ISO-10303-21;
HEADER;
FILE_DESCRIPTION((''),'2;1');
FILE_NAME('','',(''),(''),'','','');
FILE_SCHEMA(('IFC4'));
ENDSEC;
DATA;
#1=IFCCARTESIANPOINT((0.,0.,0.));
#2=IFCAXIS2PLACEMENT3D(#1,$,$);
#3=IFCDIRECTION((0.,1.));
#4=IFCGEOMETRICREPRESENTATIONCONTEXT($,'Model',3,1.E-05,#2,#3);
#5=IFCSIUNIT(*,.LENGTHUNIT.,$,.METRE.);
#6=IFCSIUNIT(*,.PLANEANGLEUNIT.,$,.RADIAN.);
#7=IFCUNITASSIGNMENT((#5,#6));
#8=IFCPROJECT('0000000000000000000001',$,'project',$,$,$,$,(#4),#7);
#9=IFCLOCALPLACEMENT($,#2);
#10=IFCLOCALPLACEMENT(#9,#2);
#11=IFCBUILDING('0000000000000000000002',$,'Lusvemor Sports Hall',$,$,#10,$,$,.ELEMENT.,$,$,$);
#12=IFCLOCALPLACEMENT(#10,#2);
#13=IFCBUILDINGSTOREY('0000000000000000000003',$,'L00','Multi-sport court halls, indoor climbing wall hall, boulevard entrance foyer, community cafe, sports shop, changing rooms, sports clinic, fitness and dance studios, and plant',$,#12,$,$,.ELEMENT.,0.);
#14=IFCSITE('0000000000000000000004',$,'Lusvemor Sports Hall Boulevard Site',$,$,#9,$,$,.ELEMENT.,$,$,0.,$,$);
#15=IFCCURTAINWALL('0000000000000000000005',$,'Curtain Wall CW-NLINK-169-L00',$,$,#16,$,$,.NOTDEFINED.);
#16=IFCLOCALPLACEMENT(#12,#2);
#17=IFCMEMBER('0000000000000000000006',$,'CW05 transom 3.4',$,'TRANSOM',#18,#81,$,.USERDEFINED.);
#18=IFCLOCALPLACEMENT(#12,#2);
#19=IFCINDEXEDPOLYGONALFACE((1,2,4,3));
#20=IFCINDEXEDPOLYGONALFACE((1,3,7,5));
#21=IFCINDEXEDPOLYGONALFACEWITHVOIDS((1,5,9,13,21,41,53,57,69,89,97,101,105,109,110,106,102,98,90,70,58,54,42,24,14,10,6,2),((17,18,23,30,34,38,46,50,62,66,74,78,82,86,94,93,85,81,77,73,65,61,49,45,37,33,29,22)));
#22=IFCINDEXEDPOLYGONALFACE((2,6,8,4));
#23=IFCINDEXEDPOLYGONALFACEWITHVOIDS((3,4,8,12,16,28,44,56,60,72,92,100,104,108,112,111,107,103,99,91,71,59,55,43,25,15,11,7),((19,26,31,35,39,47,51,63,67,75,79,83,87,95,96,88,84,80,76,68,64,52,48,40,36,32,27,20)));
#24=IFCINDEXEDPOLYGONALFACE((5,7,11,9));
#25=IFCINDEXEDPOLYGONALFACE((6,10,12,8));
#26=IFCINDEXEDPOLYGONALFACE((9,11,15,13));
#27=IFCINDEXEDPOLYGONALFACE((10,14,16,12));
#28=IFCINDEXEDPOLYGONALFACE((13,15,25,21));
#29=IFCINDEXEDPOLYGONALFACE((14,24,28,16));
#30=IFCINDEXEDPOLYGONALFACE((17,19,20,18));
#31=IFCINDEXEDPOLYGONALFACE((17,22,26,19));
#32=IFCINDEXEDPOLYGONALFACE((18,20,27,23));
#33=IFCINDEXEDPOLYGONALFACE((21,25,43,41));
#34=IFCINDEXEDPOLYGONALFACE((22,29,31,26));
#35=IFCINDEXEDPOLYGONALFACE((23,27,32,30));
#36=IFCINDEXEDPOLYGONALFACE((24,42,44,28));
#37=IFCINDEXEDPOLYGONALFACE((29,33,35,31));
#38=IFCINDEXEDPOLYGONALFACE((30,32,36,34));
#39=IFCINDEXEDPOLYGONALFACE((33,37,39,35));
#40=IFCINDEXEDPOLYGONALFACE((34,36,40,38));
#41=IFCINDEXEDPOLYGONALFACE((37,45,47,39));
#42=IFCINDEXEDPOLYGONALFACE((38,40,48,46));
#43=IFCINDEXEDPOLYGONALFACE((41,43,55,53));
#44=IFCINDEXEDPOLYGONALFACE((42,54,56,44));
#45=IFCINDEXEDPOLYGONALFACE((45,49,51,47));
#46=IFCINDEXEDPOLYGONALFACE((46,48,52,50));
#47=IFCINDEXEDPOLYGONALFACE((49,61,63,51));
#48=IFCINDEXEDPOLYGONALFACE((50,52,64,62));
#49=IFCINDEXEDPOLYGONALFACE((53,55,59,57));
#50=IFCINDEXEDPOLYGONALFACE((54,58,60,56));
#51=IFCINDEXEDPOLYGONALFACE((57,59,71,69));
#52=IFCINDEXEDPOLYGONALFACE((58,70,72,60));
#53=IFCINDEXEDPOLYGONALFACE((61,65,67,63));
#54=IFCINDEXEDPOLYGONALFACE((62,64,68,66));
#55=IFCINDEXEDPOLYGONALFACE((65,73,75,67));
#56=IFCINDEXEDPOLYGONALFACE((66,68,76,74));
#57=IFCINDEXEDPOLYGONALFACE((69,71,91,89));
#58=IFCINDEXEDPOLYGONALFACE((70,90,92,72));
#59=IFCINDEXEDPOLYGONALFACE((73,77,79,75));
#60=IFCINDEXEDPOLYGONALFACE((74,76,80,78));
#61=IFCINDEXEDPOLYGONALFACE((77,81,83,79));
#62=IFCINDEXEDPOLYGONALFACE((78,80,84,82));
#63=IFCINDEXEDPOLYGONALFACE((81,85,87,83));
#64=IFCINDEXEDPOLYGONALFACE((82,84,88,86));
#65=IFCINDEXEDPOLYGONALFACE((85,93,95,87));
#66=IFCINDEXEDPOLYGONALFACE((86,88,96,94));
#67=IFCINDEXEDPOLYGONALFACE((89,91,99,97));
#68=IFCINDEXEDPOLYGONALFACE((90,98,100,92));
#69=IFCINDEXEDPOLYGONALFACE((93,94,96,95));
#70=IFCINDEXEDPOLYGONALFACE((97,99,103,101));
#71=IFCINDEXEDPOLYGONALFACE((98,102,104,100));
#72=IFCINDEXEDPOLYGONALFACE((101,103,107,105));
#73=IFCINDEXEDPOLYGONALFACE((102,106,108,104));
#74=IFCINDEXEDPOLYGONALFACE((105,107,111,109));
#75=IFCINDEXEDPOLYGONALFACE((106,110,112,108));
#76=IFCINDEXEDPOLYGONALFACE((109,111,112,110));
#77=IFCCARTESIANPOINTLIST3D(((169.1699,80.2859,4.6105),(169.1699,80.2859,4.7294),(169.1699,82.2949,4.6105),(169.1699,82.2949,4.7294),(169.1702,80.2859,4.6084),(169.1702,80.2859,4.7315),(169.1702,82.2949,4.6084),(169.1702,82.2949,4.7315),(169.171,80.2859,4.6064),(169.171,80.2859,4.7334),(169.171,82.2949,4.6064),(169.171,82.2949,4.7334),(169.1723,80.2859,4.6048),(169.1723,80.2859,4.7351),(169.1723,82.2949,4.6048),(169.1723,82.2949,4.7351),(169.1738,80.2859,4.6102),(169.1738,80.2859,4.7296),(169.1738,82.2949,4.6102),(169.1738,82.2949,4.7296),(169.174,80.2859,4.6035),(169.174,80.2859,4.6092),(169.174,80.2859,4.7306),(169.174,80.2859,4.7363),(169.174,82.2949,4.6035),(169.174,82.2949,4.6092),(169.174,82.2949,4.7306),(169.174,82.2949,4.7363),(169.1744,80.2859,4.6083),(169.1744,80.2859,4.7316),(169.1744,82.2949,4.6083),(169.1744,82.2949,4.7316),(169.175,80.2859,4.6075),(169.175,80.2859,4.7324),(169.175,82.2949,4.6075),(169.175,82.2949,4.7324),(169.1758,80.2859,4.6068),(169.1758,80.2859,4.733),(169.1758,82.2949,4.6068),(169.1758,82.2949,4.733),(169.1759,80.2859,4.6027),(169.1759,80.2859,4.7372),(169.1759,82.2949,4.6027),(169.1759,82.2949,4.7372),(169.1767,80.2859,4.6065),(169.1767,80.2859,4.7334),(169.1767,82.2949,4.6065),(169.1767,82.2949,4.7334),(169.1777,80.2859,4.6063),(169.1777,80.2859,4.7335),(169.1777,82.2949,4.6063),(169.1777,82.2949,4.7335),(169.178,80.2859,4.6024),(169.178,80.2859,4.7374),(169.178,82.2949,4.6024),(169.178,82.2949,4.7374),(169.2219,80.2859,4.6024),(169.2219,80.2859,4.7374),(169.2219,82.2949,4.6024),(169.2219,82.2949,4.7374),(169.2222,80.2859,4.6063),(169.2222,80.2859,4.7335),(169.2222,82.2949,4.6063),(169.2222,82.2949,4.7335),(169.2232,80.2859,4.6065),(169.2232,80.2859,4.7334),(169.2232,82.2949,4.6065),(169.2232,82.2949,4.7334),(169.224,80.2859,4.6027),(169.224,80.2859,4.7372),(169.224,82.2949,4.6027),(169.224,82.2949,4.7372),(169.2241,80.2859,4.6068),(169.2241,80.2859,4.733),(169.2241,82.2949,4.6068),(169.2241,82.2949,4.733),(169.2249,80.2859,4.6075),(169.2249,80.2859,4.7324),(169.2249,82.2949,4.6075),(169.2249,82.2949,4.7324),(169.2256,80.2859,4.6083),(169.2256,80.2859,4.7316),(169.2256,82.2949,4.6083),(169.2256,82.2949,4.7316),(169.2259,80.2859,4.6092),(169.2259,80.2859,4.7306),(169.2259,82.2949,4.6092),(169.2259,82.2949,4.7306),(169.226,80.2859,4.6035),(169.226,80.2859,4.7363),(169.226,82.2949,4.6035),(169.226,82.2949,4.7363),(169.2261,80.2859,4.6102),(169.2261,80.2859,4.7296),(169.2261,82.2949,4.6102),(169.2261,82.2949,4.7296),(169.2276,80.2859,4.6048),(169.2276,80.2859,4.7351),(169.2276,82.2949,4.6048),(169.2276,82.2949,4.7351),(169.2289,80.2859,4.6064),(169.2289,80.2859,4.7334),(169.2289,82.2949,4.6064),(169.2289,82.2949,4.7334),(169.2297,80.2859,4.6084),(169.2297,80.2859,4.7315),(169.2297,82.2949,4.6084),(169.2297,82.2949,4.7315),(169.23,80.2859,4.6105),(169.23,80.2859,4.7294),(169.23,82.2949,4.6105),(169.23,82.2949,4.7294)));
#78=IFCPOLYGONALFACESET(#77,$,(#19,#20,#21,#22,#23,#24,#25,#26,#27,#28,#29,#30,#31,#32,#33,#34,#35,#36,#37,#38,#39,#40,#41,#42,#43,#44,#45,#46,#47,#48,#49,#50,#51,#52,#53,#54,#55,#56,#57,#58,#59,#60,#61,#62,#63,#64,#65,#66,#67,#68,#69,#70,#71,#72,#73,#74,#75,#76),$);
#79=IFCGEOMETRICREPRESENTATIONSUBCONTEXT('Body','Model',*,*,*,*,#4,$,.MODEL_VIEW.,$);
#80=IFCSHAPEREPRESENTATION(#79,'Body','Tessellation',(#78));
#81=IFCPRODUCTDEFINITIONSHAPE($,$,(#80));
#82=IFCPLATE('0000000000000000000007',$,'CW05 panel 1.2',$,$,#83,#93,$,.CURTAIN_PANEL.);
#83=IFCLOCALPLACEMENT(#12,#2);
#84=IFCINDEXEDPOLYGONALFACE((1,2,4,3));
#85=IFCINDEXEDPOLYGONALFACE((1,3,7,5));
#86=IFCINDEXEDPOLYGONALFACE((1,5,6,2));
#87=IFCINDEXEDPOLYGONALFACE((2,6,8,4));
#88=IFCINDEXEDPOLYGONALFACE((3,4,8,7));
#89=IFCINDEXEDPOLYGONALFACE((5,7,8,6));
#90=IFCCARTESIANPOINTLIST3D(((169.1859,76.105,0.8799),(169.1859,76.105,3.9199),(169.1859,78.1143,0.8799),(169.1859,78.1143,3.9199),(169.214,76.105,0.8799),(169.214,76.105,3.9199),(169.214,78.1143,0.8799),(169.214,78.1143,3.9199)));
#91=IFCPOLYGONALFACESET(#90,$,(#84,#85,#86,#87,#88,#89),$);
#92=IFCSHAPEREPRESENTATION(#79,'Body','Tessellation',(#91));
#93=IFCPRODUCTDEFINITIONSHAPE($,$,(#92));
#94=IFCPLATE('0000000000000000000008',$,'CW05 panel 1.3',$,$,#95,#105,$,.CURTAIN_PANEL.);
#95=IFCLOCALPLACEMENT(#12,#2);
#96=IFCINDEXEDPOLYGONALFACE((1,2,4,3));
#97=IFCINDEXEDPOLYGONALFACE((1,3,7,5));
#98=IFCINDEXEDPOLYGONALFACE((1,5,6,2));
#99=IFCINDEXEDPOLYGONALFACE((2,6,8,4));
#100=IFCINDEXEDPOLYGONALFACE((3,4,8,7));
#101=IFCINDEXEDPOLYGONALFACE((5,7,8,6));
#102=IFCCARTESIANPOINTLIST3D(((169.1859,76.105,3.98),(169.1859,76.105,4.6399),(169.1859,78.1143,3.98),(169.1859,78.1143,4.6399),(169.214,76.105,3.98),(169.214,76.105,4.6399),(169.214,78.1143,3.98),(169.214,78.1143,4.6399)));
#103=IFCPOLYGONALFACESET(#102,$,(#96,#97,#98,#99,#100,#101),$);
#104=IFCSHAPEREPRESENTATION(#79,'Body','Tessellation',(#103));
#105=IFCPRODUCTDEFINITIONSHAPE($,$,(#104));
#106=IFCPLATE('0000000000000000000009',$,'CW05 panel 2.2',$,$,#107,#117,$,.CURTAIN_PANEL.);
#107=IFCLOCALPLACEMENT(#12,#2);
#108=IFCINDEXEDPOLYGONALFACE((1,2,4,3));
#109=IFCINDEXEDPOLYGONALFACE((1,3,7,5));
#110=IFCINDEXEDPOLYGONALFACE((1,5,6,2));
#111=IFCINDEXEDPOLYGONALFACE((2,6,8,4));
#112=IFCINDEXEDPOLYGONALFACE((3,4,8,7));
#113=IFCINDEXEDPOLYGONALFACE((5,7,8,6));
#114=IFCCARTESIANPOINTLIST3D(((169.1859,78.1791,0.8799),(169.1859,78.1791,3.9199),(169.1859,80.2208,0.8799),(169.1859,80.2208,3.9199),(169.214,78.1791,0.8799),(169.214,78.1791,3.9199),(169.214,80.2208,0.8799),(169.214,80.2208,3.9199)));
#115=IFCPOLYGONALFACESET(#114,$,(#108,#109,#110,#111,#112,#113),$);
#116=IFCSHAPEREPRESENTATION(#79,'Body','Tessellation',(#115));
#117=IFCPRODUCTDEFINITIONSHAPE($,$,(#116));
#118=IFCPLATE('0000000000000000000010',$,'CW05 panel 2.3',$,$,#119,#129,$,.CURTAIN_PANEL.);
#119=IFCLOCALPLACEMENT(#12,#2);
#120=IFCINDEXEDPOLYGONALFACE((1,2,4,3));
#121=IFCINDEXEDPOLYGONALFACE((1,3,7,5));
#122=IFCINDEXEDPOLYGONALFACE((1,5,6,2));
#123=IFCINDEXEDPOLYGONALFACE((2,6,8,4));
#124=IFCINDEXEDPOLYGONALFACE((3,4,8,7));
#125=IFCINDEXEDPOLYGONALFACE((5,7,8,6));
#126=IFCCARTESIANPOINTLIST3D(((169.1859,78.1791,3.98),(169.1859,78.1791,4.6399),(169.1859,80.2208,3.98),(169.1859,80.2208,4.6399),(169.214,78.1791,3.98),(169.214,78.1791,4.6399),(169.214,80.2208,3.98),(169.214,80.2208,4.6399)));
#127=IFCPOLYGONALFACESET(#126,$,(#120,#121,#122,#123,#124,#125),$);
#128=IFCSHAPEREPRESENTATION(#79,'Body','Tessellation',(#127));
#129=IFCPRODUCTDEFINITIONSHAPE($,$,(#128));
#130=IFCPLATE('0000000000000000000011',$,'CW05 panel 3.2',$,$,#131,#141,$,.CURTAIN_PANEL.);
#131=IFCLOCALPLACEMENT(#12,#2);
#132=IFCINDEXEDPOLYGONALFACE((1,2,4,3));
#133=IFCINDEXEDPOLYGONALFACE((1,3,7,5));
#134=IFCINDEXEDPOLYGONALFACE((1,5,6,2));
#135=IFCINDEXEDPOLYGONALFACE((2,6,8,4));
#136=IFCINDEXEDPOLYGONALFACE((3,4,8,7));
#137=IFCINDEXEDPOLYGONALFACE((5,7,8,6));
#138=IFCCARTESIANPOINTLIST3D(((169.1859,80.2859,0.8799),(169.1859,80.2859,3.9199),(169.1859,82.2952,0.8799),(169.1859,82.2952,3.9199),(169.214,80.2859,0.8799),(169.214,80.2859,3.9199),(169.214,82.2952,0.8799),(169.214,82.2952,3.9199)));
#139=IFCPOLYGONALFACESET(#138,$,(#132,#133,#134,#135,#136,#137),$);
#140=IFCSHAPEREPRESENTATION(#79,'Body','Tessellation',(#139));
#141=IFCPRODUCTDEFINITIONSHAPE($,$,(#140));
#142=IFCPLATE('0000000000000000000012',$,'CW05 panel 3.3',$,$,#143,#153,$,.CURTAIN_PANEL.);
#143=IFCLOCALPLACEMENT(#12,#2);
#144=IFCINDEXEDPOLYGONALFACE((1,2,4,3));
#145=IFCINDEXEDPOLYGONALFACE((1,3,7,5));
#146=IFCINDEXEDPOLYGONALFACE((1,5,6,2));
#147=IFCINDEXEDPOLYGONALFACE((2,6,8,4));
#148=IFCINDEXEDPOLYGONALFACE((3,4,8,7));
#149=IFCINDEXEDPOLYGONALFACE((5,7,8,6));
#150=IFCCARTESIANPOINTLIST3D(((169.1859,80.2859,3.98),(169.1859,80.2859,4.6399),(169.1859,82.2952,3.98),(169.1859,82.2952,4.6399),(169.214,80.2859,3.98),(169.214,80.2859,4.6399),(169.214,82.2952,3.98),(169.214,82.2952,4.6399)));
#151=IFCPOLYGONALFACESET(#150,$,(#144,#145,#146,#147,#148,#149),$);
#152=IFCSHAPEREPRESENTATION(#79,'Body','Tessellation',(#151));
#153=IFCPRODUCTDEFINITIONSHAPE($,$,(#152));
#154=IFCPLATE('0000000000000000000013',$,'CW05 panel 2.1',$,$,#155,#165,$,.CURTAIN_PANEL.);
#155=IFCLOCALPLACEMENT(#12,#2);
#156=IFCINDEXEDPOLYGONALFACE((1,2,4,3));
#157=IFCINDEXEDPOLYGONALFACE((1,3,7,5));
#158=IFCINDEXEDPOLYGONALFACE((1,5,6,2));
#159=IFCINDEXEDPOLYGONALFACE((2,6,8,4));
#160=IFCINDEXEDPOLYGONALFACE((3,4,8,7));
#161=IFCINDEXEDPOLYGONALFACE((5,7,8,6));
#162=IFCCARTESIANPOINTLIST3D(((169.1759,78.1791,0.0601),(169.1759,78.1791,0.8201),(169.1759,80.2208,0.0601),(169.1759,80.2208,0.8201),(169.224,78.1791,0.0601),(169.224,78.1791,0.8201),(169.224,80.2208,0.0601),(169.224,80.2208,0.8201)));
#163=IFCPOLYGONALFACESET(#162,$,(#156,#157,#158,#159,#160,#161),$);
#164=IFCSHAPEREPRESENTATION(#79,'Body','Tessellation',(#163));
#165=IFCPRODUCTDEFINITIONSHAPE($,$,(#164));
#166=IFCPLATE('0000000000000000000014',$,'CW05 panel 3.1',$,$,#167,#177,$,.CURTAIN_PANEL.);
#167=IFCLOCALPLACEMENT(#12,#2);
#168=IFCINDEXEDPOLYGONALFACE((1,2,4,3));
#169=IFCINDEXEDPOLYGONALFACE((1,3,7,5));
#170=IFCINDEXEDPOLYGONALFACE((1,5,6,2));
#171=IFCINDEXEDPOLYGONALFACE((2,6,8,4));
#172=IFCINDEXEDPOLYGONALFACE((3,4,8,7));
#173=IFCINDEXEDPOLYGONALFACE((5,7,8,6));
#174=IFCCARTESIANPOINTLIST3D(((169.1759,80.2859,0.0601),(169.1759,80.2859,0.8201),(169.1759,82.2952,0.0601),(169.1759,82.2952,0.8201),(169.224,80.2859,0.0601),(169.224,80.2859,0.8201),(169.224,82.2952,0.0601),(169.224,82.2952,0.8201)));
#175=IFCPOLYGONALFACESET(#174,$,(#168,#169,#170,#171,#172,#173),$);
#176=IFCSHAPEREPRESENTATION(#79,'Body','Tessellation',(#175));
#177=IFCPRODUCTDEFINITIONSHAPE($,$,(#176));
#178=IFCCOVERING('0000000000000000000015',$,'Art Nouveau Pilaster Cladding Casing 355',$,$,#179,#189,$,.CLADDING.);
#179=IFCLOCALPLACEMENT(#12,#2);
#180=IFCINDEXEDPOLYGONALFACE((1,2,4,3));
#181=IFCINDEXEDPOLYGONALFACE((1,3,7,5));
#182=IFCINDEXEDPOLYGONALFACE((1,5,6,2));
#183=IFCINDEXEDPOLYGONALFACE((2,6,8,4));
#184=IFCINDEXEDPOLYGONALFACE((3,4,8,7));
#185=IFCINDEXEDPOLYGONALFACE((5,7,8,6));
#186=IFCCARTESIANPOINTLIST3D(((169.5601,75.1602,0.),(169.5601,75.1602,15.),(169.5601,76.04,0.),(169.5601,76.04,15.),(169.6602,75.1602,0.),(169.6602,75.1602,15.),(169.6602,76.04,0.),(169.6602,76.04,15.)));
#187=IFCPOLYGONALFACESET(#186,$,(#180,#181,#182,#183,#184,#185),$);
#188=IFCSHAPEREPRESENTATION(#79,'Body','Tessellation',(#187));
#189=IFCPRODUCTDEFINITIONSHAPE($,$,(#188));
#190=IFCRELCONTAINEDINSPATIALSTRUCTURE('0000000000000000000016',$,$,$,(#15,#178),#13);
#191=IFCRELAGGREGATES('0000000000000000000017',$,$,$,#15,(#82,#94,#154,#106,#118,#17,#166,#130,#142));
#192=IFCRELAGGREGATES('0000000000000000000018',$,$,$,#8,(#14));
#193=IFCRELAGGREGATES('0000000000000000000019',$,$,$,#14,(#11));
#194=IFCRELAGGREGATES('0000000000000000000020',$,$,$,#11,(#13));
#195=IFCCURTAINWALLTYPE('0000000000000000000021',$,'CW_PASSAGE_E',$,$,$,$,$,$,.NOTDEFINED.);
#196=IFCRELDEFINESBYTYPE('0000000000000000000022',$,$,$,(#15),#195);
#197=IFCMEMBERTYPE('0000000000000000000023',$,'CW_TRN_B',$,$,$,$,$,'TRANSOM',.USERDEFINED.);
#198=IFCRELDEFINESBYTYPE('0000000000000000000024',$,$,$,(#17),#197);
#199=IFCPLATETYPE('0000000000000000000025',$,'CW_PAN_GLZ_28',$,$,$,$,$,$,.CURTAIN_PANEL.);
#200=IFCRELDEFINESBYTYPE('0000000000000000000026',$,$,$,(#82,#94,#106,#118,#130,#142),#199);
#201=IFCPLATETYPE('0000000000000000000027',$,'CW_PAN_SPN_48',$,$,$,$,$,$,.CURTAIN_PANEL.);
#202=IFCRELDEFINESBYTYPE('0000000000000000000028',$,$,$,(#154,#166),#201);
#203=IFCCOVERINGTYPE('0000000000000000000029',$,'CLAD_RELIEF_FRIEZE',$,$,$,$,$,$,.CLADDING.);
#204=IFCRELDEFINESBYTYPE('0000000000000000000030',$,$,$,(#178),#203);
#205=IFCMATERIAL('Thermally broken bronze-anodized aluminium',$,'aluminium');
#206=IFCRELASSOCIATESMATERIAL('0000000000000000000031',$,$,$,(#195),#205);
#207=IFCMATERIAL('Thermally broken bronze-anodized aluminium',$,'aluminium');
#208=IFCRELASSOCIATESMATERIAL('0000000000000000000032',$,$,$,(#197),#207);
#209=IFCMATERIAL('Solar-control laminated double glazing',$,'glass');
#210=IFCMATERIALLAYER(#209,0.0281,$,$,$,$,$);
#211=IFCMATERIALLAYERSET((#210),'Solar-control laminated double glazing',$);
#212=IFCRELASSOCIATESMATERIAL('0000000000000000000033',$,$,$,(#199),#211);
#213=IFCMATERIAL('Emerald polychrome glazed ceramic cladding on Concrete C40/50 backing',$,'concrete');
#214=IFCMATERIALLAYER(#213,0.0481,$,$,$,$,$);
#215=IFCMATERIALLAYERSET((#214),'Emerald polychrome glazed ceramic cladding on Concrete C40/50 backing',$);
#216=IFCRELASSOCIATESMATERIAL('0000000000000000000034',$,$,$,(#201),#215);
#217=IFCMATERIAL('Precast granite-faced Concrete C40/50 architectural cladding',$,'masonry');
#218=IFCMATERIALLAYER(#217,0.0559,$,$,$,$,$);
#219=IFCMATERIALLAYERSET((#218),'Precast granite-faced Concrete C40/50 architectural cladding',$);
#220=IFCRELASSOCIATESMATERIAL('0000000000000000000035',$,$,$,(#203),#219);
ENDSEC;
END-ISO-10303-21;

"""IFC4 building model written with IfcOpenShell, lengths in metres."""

from ifc_helpers import new_model, si_unit, direction, frame, origin, origin_2d, place, context, subcontext, project, spatial, rectangle, hollow_rectangle, extrude, material, layer, layer_set, material_profile, profile_set, type_object, element, aggregate, save


model = new_model("IFC4")

# Units and contexts
model_context = context("Model", 3, precision=1e-05, world=origin(), true_north=direction((0.0, 1.0)))
body_context = subcontext(model_context, "Body", "Model", "MODEL_VIEW")
ifc_project = project(units=[si_unit("LENGTHUNIT", "METRE"), si_unit("PLANEANGLEUNIT", "RADIAN")], contexts=[model_context])

# Site, building, storey
site_placement = place(None, origin())
site = spatial("IfcSite", under=ifc_project, at=site_placement, Name="Lusvemor Sports Hall Boulevard Site", CompositionType="ELEMENT", RefElevation=0.0)
building_placement = place(site_placement, origin())
building = spatial("IfcBuilding", under=site, at=building_placement, Name="Lusvemor Sports Hall", CompositionType="ELEMENT")
storey_placement = place(building_placement, origin())
storey = spatial("IfcBuildingStorey", under=building, at=storey_placement, Name="L00", Description="Multi-sport court halls, indoor climbing wall hall, boulevard entrance foyer, community cafe, sports shop, changing rooms, sports clinic, fitness and dance studios, and plant", CompositionType="ELEMENT", Elevation=0.0)

# Curtain wall, member, plates
ifc_material_1 = material(Name="Thermally broken bronze-anodized aluminium", Category="aluminium")
curtain_wall_type = type_object("IfcCurtainWallType", Name="CW_PASSAGE_E", PredefinedType="NOTDEFINED", material=ifc_material_1)
curtain_wall_placement = place(storey_placement, origin())
curtain_wall = element("IfcCurtainWall", 1, at=curtain_wall_placement, inside=storey, type_object=curtain_wall_type, Name="Curtain Wall CW-NLINK-169-L00", PredefinedType="NOTDEFINED")
ifc_material_2 = material(Name="Thermally broken bronze-anodized aluminium", Category="aluminium")
ifc_material_profile_1 = material_profile(ifc_material_2, hollow_rectangle(XDim=0.0601, YDim=0.135, WallThickness=0.0039, InnerFilletRadius=0.0039, OuterFilletRadius=0.0081, at=origin_2d()), Name="CWTRN135x60x4")
ifc_profile_set_1 = profile_set([ifc_material_profile_1], Name="Thermally broken bronze-anodized aluminium")
member_type_1 = type_object("IfcMemberType", Name="CW_TRN_B", ElementType="TRANSOM", PredefinedType="USERDEFINED", material=ifc_profile_set_1)
member_1_placement = place(storey_placement, frame((169.2, 80.2859, 4.6699), z_axis=(0.0, 1.0, 0.0), x_axis=(-1.0, 0.0, 0.0)))
member_1 = element("IfcMember", 2, at=member_1_placement, type_object=member_type_1, Name="CW05 transom 3.4", ObjectType="TRANSOM", PredefinedType="USERDEFINED", context=body_context, shape_type="SweptSolid", body=[
    extrude(hollow_rectangle(XDim=0.0601, YDim=0.135, WallThickness=0.0039, InnerFilletRadius=0.0039, OuterFilletRadius=0.0081, at=origin_2d()), origin(), (0.0, 0.0, 1.0), 2.009),
])
ifc_material_3 = material(Name="Solar-control laminated double glazing", Category="glass")
ifc_layer_1 = layer(ifc_material_3, 0.0281)
ifc_layer_set_1 = layer_set([ifc_layer_1], Name="Solar-control laminated double glazing")
plate_type_1 = type_object("IfcPlateType", Name="CW_PAN_GLZ_28", PredefinedType="CURTAIN_PANEL", material=ifc_layer_set_1)
plate_1_placement = place(storey_placement, frame((169.2, 77.1096, 0.8799), z_axis=(0.0, 0.0, 1.0), x_axis=(0.0, 1.0, 0.0)))
plate_1 = element("IfcPlate", 3, at=plate_1_placement, type_object=plate_type_1, Name="CW05 panel 1.2", PredefinedType="CURTAIN_PANEL", context=body_context, shape_type="SweptSolid", body=[
    extrude(rectangle(XDim=2.0093, YDim=0.0281, at=origin_2d()), origin(), (0.0, 0.0, 1.0), 3.04),
])
plate_2_placement = place(storey_placement, frame((169.2, 77.1096, 3.98), z_axis=(0.0, 0.0, 1.0), x_axis=(0.0, 1.0, 0.0)))
plate_2 = element("IfcPlate", 4, at=plate_2_placement, type_object=plate_type_1, Name="CW05 panel 1.3", PredefinedType="CURTAIN_PANEL", context=body_context, shape_type="SweptSolid", body=[
    extrude(rectangle(XDim=2.0093, YDim=0.0281, at=origin_2d()), origin(), (0.0, 0.0, 1.0), 0.6599),
])
plate_3_placement = place(storey_placement, frame((169.2, 79.2, 0.8799), z_axis=(0.0, 0.0, 1.0), x_axis=(0.0, 1.0, 0.0)))
plate_3 = element("IfcPlate", 5, at=plate_3_placement, type_object=plate_type_1, Name="CW05 panel 2.2", PredefinedType="CURTAIN_PANEL", context=body_context, shape_type="SweptSolid", body=[
    extrude(rectangle(XDim=2.0417, YDim=0.0281, at=origin_2d()), origin(), (0.0, 0.0, 1.0), 3.04),
])
plate_4_placement = place(storey_placement, frame((169.2, 79.2, 3.98), z_axis=(0.0, 0.0, 1.0), x_axis=(0.0, 1.0, 0.0)))
plate_4 = element("IfcPlate", 6, at=plate_4_placement, type_object=plate_type_1, Name="CW05 panel 2.3", PredefinedType="CURTAIN_PANEL", context=body_context, shape_type="SweptSolid", body=[
    extrude(rectangle(XDim=2.0417, YDim=0.0281, at=origin_2d()), origin(), (0.0, 0.0, 1.0), 0.6599),
])
plate_5_placement = place(storey_placement, frame((169.2, 81.2905, 0.8799), z_axis=(0.0, 0.0, 1.0), x_axis=(0.0, 1.0, 0.0)))
plate_5 = element("IfcPlate", 7, at=plate_5_placement, type_object=plate_type_1, Name="CW05 panel 3.2", PredefinedType="CURTAIN_PANEL", context=body_context, shape_type="SweptSolid", body=[
    extrude(rectangle(XDim=2.0093, YDim=0.0281, at=origin_2d()), origin(), (0.0, 0.0, 1.0), 3.04),
])
plate_6_placement = place(storey_placement, frame((169.2, 81.2905, 3.98), z_axis=(0.0, 0.0, 1.0), x_axis=(0.0, 1.0, 0.0)))
plate_6 = element("IfcPlate", 8, at=plate_6_placement, type_object=plate_type_1, Name="CW05 panel 3.3", PredefinedType="CURTAIN_PANEL", context=body_context, shape_type="SweptSolid", body=[
    extrude(rectangle(XDim=2.0093, YDim=0.0281, at=origin_2d()), origin(), (0.0, 0.0, 1.0), 0.6599),
])
ifc_material_4 = material(Name="Emerald polychrome glazed ceramic cladding on Concrete C40/50 backing", Category="concrete")
ifc_layer_2 = layer(ifc_material_4, 0.0481)
ifc_layer_set_2 = layer_set([ifc_layer_2], Name="Emerald polychrome glazed ceramic cladding on Concrete C40/50 backing")
plate_type_2 = type_object("IfcPlateType", Name="CW_PAN_SPN_48", PredefinedType="CURTAIN_PANEL", material=ifc_layer_set_2)
plate_7_placement = place(storey_placement, frame((169.2, 79.2, 0.0601), z_axis=(0.0, 0.0, 1.0), x_axis=(0.0, 1.0, 0.0)))
plate_7 = element("IfcPlate", 9, at=plate_7_placement, type_object=plate_type_2, Name="CW05 panel 2.1", PredefinedType="CURTAIN_PANEL", context=body_context, shape_type="SweptSolid", body=[
    extrude(rectangle(XDim=2.0417, YDim=0.0481, at=origin_2d()), origin(), (0.0, 0.0, 1.0), 0.76),
])
plate_8_placement = place(storey_placement, frame((169.2, 81.2905, 0.0601), z_axis=(0.0, 0.0, 1.0), x_axis=(0.0, 1.0, 0.0)))
plate_8 = element("IfcPlate", 10, at=plate_8_placement, type_object=plate_type_2, Name="CW05 panel 3.1", PredefinedType="CURTAIN_PANEL", context=body_context, shape_type="SweptSolid", body=[
    extrude(rectangle(XDim=2.0093, YDim=0.0481, at=origin_2d()), origin(), (0.0, 0.0, 1.0), 0.76),
])
aggregate(curtain_wall, [plate_1, plate_2, plate_7, plate_3, plate_4, member_1, plate_8, plate_5, plate_6])

# Covering
ifc_material_5 = material(Name="Precast granite-faced Concrete C40/50 architectural cladding", Category="masonry")
ifc_layer_3 = layer(ifc_material_5, 0.0559)
ifc_layer_set_3 = layer_set([ifc_layer_3], Name="Precast granite-faced Concrete C40/50 architectural cladding")
covering_type_1 = type_object("IfcCoveringType", Name="CLAD_RELIEF_FRIEZE", PredefinedType="CLADDING", material=ifc_layer_set_3)
covering_placement = place(storey_placement, frame((169.6101, 75.6001, 0.0), z_axis=(0.0, 0.0, 1.0), x_axis=(1.0, 0.0, 0.0)))
element("IfcCovering", 11, at=covering_placement, inside=storey, type_object=covering_type_1, Name="Art Nouveau Pilaster Cladding Casing 355", PredefinedType="CLADDING", context=body_context, shape_type="SweptSolid", body=[
    extrude(rectangle(XDim=0.1001, YDim=0.8799, at=origin_2d()), origin(), (0.0, 0.0, 1.0), 15.0),
])

save(model, "model.ifc")
